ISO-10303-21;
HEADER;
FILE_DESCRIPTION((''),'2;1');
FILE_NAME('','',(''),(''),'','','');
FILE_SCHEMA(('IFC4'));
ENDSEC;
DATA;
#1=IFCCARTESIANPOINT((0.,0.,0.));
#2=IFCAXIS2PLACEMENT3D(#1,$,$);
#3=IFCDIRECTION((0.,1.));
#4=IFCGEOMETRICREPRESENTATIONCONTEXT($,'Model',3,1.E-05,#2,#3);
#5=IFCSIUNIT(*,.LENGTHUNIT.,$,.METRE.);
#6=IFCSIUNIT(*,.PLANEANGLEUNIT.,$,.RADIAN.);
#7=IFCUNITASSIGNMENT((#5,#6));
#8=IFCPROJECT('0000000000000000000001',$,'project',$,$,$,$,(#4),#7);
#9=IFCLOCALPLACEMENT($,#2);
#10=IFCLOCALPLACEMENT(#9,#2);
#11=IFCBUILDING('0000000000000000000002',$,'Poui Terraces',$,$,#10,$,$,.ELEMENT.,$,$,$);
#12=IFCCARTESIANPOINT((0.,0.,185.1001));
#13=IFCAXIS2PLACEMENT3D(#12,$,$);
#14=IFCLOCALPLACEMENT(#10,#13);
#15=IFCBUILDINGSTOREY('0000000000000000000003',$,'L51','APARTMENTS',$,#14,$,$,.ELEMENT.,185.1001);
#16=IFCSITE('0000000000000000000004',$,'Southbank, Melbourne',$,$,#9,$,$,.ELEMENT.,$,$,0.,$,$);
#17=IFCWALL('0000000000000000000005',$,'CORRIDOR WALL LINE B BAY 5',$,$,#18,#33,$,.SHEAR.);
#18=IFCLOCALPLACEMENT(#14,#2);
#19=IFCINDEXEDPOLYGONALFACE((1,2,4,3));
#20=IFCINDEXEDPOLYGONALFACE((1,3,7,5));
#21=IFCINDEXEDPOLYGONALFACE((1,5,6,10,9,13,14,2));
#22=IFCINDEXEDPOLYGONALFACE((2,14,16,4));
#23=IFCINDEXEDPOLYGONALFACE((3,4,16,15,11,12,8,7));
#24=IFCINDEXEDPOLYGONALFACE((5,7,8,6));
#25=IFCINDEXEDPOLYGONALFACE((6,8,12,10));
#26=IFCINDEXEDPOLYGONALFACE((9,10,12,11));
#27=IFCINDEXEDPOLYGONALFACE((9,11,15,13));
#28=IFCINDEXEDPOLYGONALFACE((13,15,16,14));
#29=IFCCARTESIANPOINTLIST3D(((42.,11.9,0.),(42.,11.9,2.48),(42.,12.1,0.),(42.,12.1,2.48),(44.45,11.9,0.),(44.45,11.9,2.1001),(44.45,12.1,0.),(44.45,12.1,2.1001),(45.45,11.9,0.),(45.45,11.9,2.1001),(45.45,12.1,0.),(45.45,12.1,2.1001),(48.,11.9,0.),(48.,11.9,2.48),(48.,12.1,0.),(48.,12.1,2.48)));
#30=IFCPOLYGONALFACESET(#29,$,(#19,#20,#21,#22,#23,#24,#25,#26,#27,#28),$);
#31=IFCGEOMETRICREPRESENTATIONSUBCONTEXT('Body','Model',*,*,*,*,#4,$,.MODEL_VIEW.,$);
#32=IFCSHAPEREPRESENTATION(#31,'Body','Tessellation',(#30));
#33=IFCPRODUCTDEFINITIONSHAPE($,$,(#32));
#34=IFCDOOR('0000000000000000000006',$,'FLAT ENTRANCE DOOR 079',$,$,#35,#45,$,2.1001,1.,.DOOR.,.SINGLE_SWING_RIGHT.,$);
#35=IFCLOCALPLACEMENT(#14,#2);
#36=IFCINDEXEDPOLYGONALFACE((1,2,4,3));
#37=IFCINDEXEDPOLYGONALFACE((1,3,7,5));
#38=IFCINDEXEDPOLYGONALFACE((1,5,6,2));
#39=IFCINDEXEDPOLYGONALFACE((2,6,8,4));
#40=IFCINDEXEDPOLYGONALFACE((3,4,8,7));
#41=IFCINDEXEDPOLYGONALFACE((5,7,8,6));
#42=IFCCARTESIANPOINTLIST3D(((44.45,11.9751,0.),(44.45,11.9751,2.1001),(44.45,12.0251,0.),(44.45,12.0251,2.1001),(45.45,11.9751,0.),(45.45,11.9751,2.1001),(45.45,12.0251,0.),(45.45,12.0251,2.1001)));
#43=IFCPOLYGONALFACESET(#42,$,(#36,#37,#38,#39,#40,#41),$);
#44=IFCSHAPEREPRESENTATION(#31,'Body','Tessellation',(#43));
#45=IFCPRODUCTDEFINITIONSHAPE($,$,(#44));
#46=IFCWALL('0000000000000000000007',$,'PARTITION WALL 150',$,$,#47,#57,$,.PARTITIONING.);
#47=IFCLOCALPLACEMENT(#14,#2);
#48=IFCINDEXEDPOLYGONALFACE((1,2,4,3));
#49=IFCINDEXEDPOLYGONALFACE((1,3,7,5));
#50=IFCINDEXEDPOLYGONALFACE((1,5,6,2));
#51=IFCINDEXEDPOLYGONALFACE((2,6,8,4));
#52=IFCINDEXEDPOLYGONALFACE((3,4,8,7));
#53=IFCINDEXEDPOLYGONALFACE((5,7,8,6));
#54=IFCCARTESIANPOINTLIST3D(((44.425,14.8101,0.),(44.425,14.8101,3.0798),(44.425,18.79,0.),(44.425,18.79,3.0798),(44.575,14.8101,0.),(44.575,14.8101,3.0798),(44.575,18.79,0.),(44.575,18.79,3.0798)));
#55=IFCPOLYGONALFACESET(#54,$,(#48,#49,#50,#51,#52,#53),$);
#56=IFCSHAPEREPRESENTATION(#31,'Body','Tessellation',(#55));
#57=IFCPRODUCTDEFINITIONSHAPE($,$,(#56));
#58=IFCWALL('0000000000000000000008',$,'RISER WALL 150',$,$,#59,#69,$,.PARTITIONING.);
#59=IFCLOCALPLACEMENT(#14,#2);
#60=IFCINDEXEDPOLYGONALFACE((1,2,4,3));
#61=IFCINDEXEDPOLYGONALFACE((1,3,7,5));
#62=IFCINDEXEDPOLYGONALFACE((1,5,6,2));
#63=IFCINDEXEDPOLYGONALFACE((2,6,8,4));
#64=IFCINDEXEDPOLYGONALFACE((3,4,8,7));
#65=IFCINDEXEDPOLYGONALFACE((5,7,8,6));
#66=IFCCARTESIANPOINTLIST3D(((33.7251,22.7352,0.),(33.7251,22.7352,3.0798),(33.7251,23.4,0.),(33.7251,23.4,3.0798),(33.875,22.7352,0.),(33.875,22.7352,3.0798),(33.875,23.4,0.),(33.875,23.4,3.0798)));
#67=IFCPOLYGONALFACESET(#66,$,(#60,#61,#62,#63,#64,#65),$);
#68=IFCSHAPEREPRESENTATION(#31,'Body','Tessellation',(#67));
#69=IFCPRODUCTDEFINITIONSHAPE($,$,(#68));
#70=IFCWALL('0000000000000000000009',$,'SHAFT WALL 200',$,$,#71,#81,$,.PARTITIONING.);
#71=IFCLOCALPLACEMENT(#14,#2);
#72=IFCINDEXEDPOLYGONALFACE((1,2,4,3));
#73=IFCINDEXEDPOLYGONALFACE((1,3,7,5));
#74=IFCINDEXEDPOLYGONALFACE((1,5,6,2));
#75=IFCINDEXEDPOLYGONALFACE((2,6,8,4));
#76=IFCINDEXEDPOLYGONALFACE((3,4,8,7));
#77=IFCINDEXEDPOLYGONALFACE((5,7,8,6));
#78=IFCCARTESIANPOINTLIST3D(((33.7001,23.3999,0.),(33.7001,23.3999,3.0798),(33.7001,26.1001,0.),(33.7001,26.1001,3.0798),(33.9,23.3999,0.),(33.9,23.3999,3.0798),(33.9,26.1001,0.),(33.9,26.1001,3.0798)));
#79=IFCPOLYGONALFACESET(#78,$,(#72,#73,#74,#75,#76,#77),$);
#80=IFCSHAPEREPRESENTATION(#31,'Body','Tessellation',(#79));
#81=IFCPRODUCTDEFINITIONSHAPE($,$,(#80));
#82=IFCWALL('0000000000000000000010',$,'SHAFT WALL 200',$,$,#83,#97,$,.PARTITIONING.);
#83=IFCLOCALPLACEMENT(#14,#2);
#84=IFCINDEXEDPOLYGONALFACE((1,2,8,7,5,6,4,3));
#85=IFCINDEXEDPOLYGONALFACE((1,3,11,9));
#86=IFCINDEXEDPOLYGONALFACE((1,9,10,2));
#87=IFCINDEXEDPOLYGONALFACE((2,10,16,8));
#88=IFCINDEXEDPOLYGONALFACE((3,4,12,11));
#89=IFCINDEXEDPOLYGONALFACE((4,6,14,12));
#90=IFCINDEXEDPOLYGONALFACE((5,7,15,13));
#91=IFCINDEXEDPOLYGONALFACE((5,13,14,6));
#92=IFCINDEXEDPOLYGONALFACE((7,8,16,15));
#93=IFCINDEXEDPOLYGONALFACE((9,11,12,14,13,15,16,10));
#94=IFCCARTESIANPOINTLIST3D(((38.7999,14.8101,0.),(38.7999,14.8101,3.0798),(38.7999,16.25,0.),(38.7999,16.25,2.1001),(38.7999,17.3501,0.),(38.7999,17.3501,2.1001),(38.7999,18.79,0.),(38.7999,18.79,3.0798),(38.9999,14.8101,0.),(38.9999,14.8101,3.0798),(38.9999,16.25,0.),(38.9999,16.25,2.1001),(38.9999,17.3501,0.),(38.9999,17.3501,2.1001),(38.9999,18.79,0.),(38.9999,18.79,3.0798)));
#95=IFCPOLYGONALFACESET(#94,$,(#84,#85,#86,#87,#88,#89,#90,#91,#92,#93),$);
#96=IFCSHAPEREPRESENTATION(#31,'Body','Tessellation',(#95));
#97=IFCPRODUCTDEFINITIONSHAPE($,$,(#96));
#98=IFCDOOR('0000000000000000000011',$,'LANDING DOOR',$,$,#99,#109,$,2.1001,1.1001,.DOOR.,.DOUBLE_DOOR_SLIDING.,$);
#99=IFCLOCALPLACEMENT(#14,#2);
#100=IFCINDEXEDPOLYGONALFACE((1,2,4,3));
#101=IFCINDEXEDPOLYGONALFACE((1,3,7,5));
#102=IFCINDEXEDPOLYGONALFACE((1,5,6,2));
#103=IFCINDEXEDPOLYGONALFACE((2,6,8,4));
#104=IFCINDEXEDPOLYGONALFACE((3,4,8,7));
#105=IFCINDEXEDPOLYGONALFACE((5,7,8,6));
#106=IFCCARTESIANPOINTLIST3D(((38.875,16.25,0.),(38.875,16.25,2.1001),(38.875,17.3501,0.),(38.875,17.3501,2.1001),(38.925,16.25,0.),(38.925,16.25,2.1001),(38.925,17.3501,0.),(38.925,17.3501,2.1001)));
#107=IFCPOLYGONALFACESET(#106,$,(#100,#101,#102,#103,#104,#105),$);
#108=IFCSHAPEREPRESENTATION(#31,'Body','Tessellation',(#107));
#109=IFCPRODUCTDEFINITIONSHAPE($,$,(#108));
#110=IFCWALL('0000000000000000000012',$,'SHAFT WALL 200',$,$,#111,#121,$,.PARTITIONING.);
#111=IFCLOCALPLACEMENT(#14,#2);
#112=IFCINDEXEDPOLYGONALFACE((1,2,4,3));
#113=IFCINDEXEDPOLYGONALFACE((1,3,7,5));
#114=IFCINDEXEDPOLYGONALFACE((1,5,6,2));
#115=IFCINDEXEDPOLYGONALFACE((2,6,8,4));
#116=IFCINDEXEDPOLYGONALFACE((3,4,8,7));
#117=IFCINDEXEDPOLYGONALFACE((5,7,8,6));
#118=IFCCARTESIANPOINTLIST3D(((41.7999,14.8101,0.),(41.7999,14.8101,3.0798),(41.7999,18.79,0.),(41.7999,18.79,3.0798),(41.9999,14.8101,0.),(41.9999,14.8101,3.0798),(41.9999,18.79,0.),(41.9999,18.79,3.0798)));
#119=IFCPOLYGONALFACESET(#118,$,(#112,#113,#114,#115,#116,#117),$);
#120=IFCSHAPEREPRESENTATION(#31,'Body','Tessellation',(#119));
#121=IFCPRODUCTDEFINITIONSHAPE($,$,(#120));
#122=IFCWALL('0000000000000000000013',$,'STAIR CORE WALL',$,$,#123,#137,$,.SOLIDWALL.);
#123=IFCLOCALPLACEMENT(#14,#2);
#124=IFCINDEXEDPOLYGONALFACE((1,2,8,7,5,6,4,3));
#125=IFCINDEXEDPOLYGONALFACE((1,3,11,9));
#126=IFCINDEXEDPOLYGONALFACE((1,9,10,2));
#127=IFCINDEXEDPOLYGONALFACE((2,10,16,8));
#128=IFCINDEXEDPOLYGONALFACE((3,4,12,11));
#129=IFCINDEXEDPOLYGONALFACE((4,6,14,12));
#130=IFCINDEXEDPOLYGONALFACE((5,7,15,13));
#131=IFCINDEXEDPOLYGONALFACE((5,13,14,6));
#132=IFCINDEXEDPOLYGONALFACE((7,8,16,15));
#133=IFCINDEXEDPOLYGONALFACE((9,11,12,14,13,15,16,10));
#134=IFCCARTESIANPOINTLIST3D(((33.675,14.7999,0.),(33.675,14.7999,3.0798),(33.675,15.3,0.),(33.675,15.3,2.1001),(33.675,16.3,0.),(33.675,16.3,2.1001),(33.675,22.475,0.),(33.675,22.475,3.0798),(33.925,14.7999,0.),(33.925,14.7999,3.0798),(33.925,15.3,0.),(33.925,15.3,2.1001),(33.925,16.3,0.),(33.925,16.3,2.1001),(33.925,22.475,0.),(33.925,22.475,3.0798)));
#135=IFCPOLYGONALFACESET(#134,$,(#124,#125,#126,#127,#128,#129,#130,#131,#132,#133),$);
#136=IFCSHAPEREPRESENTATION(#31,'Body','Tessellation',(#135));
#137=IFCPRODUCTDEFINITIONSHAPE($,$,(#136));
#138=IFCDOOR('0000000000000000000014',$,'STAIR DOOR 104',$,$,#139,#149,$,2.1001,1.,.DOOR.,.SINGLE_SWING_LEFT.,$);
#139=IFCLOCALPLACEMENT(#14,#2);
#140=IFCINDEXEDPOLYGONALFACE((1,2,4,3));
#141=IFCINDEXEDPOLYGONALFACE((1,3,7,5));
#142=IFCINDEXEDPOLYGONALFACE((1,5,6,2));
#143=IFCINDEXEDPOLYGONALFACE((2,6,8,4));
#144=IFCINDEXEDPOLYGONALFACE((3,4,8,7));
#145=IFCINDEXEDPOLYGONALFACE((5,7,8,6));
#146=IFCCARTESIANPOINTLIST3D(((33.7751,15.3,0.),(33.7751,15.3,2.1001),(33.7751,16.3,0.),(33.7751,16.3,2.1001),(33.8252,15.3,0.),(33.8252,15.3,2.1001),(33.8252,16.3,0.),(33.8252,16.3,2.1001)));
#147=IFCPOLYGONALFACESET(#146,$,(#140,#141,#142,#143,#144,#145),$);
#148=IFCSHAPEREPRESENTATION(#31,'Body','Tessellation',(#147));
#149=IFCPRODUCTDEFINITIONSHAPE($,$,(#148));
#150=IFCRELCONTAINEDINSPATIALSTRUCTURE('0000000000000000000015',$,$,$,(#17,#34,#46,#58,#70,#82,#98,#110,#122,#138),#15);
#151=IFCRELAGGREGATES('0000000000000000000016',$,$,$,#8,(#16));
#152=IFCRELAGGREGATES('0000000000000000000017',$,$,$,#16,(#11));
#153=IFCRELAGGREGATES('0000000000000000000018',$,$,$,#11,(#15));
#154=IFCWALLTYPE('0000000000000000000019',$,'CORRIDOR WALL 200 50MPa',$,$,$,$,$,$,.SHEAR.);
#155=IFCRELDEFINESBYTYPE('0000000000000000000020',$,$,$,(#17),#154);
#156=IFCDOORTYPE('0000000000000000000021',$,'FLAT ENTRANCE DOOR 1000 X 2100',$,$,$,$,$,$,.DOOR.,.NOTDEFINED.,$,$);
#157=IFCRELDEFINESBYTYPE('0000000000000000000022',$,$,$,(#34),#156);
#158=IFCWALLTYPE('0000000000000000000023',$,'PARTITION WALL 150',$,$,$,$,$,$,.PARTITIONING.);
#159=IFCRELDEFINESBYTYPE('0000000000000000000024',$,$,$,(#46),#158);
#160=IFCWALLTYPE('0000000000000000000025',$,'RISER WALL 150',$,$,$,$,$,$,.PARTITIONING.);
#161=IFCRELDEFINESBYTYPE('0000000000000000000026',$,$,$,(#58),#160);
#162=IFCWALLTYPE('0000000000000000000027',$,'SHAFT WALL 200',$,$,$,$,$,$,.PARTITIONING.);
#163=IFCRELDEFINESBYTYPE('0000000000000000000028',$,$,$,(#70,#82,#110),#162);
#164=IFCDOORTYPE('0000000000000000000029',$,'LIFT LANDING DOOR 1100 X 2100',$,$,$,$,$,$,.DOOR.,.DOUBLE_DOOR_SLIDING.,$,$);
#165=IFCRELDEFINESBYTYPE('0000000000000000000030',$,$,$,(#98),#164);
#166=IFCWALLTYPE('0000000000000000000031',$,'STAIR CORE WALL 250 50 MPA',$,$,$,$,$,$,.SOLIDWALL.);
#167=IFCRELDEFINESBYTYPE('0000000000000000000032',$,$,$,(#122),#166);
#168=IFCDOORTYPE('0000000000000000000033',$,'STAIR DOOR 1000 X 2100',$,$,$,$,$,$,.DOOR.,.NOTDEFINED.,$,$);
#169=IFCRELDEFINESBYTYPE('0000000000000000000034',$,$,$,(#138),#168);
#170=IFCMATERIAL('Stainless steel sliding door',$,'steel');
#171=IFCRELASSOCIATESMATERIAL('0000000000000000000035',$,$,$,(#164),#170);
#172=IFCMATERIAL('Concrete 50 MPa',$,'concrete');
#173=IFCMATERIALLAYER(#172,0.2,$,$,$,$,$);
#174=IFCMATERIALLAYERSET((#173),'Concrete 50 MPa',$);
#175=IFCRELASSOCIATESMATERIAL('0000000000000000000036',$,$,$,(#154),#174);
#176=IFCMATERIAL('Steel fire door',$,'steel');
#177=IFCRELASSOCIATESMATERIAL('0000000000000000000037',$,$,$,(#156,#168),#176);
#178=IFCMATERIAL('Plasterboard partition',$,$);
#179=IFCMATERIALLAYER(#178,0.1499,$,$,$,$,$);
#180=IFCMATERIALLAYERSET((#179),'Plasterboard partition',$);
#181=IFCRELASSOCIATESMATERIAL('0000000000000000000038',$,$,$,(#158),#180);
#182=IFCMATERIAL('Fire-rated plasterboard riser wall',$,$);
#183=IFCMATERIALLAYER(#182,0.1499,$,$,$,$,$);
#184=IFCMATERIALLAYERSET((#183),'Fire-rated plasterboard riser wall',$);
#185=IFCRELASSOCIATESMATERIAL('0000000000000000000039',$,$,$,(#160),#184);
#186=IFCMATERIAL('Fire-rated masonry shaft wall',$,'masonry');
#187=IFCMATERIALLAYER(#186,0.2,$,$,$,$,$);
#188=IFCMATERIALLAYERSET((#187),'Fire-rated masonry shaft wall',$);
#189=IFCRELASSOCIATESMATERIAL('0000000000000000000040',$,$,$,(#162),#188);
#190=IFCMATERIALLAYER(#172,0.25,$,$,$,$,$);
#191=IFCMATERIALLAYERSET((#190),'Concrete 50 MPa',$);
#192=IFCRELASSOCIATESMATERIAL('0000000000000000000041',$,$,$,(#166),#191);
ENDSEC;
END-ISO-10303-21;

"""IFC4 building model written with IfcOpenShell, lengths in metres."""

from ifc_helpers import new_model, si_unit, direction, frame, frame_2d, origin, place, context, subcontext, project, spatial, rectangle, extrude, material, layer, layer_set, type_object, element, fill, save


model = new_model("IFC4")

# Units and contexts
model_context = context("Model", 3, precision=1e-05, world=origin(), true_north=direction((0.0, 1.0)))
body_context = subcontext(model_context, "Body", "Model", "MODEL_VIEW")
ifc_project = project(units=[si_unit("LENGTHUNIT", "METRE"), si_unit("PLANEANGLEUNIT", "RADIAN")], contexts=[model_context])

# Site, building, storey
site_placement = place(None, origin())
site = spatial("IfcSite", under=ifc_project, at=site_placement, Name="Southbank, Melbourne", CompositionType="ELEMENT", RefElevation=0.0)
building_placement = place(site_placement, origin())
building = spatial("IfcBuilding", under=site, at=building_placement, Name="Poui Terraces", CompositionType="ELEMENT")
storey_placement = place(building_placement, frame((0.0, 0.0, 185.1001)))
storey = spatial("IfcBuildingStorey", under=building, at=storey_placement, Name="L51", Description="APARTMENTS", CompositionType="ELEMENT", Elevation=185.1001)

# Shared definitions
ifc_material_1 = material(Name="Concrete 50 MPa", Category="concrete")

# Shared definitions
ifc_material_2 = material(Name="Steel fire door", Category="steel")
ifc_material_3 = material(Name="Stainless steel sliding door", Category="steel")
door_type_1 = type_object("IfcDoorType", Name="LIFT LANDING DOOR 1100 X 2100", OperationType="DOUBLE_DOOR_SLIDING", PredefinedType="DOOR", material=ifc_material_3)

# Wall, opening, door
ifc_layer_1 = layer(ifc_material_1, 0.2)
ifc_layer_set_1 = layer_set([ifc_layer_1], Name="Concrete 50 MPa")
wall_type_1 = type_object("IfcWallType", Name="CORRIDOR WALL 200 50MPa", PredefinedType="SHEAR", material=ifc_layer_set_1)
wall_1_placement = place(storey_placement, frame((42.0, 12.0, 0.0), z_axis=(0.0, 0.0, 1.0), x_axis=(1.0, 0.0, 0.0)))
wall_1 = element("IfcWall", 1, at=wall_1_placement, inside=storey, type_object=wall_type_1, Name="CORRIDOR WALL LINE B BAY 5", PredefinedType="SHEAR", context=body_context, shape_type="SweptSolid", body=[
    extrude(rectangle(XDim=6.0, YDim=0.2, at=frame_2d((3.0, 0.0))), origin(), (0.0, 0.0, 1.0), 2.48),
])
opening_1_placement = place(wall_1_placement, frame((2.45, 0.0, 0.0)))
opening_1 = element("IfcOpeningElement", 2, at=opening_1_placement, cuts=wall_1, PredefinedType="OPENING", context=body_context, shape_type="SweptSolid", body=[
    extrude(rectangle(XDim=1.0, YDim=2.1001, at=frame_2d((0.5, 1.05))), frame((0.0, 0.1099, 0.0), z_axis=(0.0, -1.0, 0.0), x_axis=(1.0, 0.0, 0.0)), (0.0, 0.0, 1.0), 0.22),
])
door_type_2 = type_object("IfcDoorType", Name="FLAT ENTRANCE DOOR 1000 X 2100", OperationType="NOTDEFINED", PredefinedType="DOOR", material=ifc_material_2)
door_1_placement = place(opening_1_placement, frame((1.0, 0.0, 0.0), z_axis=(0.0, 0.0, 1.0), x_axis=(-1.0, 0.0, 0.0)))
door_1 = element("IfcDoor", 3, at=door_1_placement, inside=storey, type_object=door_type_2, Name="FLAT ENTRANCE DOOR 079", OperationType="SINGLE_SWING_RIGHT", OverallHeight=2.1001, OverallWidth=1.0, PredefinedType="DOOR", context=body_context, shape_type="SweptSolid", body=[
    extrude(rectangle(XDim=1.0, YDim=2.1001, at=frame_2d((0.5, 1.05))), frame((0.0, 0.0249, 0.0), z_axis=(0.0, -1.0, 0.0), x_axis=(1.0, 0.0, 0.0)), (0.0, 0.0, 1.0), 0.05),
])
fill(opening_1, door_1)

# Walls
ifc_material_4 = material(Name="Plasterboard partition")
ifc_layer_2 = layer(ifc_material_4, 0.1499)
ifc_layer_set_2 = layer_set([ifc_layer_2], Name="Plasterboard partition")
wall_type_2 = type_object("IfcWallType", Name="PARTITION WALL 150", PredefinedType="PARTITIONING", material=ifc_layer_set_2)
wall_2_placement = place(storey_placement, frame((44.5, 14.8101, 0.0), z_axis=(0.0, 0.0, 1.0), x_axis=(0.0, 1.0, 0.0)))
element("IfcWall", 4, at=wall_2_placement, inside=storey, type_object=wall_type_2, Name="PARTITION WALL 150", PredefinedType="PARTITIONING", context=body_context, shape_type="SweptSolid", body=[
    extrude(rectangle(XDim=3.98, YDim=0.1499, at=frame_2d((1.99, 0.0))), origin(), (0.0, 0.0, 1.0), 3.0798),
])
ifc_material_5 = material(Name="Fire-rated plasterboard riser wall")
ifc_layer_3 = layer(ifc_material_5, 0.1499)
ifc_layer_set_3 = layer_set([ifc_layer_3], Name="Fire-rated plasterboard riser wall")
wall_type_3 = type_object("IfcWallType", Name="RISER WALL 150", PredefinedType="PARTITIONING", material=ifc_layer_set_3)
wall_3_placement = place(storey_placement, frame((33.8, 22.7351, 0.0), z_axis=(0.0, 0.0, 1.0), x_axis=(0.0, 1.0, 0.0)))
element("IfcWall", 5, at=wall_3_placement, inside=storey, type_object=wall_type_3, Name="RISER WALL 150", PredefinedType="PARTITIONING", context=body_context, shape_type="SweptSolid", body=[
    extrude(rectangle(XDim=0.6648, YDim=0.1499, at=frame_2d((0.3325, 0.0))), origin(), (0.0, 0.0, 1.0), 3.0798),
])
ifc_material_6 = material(Name="Fire-rated masonry shaft wall", Category="masonry")
ifc_layer_4 = layer(ifc_material_6, 0.2)
ifc_layer_set_4 = layer_set([ifc_layer_4], Name="Fire-rated masonry shaft wall")
wall_type_4 = type_object("IfcWallType", Name="SHAFT WALL 200", PredefinedType="PARTITIONING", material=ifc_layer_set_4)
wall_4_placement = place(storey_placement, frame((33.8, 23.3999, 0.0), z_axis=(0.0, 0.0, 1.0), x_axis=(0.0, 1.0, 0.0)))
element("IfcWall", 6, at=wall_4_placement, inside=storey, type_object=wall_type_4, Name="SHAFT WALL 200", PredefinedType="PARTITIONING", context=body_context, shape_type="SweptSolid", body=[
    extrude(rectangle(XDim=2.7002, YDim=0.2, at=frame_2d((1.3501, 0.0))), origin(), (0.0, 0.0, 1.0), 3.0798),
])

# Wall, opening, door
wall_5_placement = place(storey_placement, frame((38.8999, 14.8101, 0.0), z_axis=(0.0, 0.0, 1.0), x_axis=(0.0, 1.0, 0.0)))
wall_5 = element("IfcWall", 7, at=wall_5_placement, inside=storey, type_object=wall_type_4, Name="SHAFT WALL 200", PredefinedType="PARTITIONING", context=body_context, shape_type="SweptSolid", body=[
    extrude(rectangle(XDim=3.98, YDim=0.2, at=frame_2d((1.99, 0.0))), origin(), (0.0, 0.0, 1.0), 3.0798),
])
opening_2_placement = place(wall_5_placement, frame((1.4399, 0.0, 0.0)))
opening_2 = element("IfcOpeningElement", 8, at=opening_2_placement, cuts=wall_5, PredefinedType="OPENING", context=body_context, shape_type="SweptSolid", body=[
    extrude(rectangle(XDim=1.1001, YDim=2.1001, at=frame_2d((0.55, 1.05))), frame((0.0, 0.1099, 0.0), z_axis=(0.0, -1.0, 0.0), x_axis=(1.0, 0.0, 0.0)), (0.0, 0.0, 1.0), 0.22),
])
door_2_placement = place(opening_2_placement, origin())
door_2 = element("IfcDoor", 9, at=door_2_placement, inside=storey, type_object=door_type_1, Name="LANDING DOOR", OperationType="DOUBLE_DOOR_SLIDING", OverallHeight=2.1001, OverallWidth=1.1001, PredefinedType="DOOR", context=body_context, shape_type="SweptSolid", body=[
    extrude(rectangle(XDim=1.1001, YDim=2.1001, at=frame_2d((0.55, 1.05))), frame((0.0, 0.0249, 0.0), z_axis=(0.0, -1.0, 0.0), x_axis=(1.0, 0.0, 0.0)), (0.0, 0.0, 1.0), 0.05),
])
fill(opening_2, door_2)

# Wall
wall_6_placement = place(storey_placement, frame((41.8999, 14.8101, 0.0), z_axis=(0.0, 0.0, 1.0), x_axis=(0.0, 1.0, 0.0)))
element("IfcWall", 10, at=wall_6_placement, inside=storey, type_object=wall_type_4, Name="SHAFT WALL 200", PredefinedType="PARTITIONING", context=body_context, shape_type="SweptSolid", body=[
    extrude(rectangle(XDim=3.98, YDim=0.2, at=frame_2d((1.99, 0.0))), origin(), (0.0, 0.0, 1.0), 3.0798),
])

# Wall, opening, door
ifc_layer_5 = layer(ifc_material_1, 0.25)
ifc_layer_set_5 = layer_set([ifc_layer_5], Name="Concrete 50 MPa")
wall_type_5 = type_object("IfcWallType", Name="STAIR CORE WALL 250 50 MPA", PredefinedType="SOLIDWALL", material=ifc_layer_set_5)
wall_7_placement = place(storey_placement, frame((33.8, 14.8, 0.0), z_axis=(0.0, 0.0, 1.0), x_axis=(0.0, 1.0, 0.0)))
wall_7 = element("IfcWall", 11, at=wall_7_placement, inside=storey, type_object=wall_type_5, Name="STAIR CORE WALL", PredefinedType="SOLIDWALL", context=body_context, shape_type="SweptSolid", body=[
    extrude(rectangle(XDim=7.675, YDim=0.25, at=frame_2d((3.8374, 0.0))), origin(), (0.0, 0.0, 1.0), 3.0798),
])
opening_3_placement = place(wall_7_placement, frame((0.5, 0.0, 0.0)))
opening_3 = element("IfcOpeningElement", 12, at=opening_3_placement, cuts=wall_7, PredefinedType="OPENING", context=body_context, shape_type="SweptSolid", body=[
    extrude(rectangle(XDim=1.0, YDim=2.1001, at=frame_2d((0.5, 1.05))), frame((0.0, 0.135, 0.0), z_axis=(0.0, -1.0, 0.0), x_axis=(1.0, 0.0, 0.0)), (0.0, 0.0, 1.0), 0.27),
])
door_type_3 = type_object("IfcDoorType", Name="STAIR DOOR 1000 X 2100", OperationType="NOTDEFINED", PredefinedType="DOOR", material=ifc_material_2)
door_3_placement = place(opening_3_placement, origin())
door_3 = element("IfcDoor", 13, at=door_3_placement, inside=storey, type_object=door_type_3, Name="STAIR DOOR 104", OperationType="SINGLE_SWING_LEFT", OverallHeight=2.1001, OverallWidth=1.0, PredefinedType="DOOR", context=body_context, shape_type="SweptSolid", body=[
    extrude(rectangle(XDim=1.0, YDim=2.1001, at=frame_2d((0.5, 1.05))), frame((0.0, 0.0249, 0.0), z_axis=(0.0, -1.0, 0.0), x_axis=(1.0, 0.0, 0.0)), (0.0, 0.0, 1.0), 0.05),
])
fill(opening_3, door_3)

save(model, "model.ifc")
